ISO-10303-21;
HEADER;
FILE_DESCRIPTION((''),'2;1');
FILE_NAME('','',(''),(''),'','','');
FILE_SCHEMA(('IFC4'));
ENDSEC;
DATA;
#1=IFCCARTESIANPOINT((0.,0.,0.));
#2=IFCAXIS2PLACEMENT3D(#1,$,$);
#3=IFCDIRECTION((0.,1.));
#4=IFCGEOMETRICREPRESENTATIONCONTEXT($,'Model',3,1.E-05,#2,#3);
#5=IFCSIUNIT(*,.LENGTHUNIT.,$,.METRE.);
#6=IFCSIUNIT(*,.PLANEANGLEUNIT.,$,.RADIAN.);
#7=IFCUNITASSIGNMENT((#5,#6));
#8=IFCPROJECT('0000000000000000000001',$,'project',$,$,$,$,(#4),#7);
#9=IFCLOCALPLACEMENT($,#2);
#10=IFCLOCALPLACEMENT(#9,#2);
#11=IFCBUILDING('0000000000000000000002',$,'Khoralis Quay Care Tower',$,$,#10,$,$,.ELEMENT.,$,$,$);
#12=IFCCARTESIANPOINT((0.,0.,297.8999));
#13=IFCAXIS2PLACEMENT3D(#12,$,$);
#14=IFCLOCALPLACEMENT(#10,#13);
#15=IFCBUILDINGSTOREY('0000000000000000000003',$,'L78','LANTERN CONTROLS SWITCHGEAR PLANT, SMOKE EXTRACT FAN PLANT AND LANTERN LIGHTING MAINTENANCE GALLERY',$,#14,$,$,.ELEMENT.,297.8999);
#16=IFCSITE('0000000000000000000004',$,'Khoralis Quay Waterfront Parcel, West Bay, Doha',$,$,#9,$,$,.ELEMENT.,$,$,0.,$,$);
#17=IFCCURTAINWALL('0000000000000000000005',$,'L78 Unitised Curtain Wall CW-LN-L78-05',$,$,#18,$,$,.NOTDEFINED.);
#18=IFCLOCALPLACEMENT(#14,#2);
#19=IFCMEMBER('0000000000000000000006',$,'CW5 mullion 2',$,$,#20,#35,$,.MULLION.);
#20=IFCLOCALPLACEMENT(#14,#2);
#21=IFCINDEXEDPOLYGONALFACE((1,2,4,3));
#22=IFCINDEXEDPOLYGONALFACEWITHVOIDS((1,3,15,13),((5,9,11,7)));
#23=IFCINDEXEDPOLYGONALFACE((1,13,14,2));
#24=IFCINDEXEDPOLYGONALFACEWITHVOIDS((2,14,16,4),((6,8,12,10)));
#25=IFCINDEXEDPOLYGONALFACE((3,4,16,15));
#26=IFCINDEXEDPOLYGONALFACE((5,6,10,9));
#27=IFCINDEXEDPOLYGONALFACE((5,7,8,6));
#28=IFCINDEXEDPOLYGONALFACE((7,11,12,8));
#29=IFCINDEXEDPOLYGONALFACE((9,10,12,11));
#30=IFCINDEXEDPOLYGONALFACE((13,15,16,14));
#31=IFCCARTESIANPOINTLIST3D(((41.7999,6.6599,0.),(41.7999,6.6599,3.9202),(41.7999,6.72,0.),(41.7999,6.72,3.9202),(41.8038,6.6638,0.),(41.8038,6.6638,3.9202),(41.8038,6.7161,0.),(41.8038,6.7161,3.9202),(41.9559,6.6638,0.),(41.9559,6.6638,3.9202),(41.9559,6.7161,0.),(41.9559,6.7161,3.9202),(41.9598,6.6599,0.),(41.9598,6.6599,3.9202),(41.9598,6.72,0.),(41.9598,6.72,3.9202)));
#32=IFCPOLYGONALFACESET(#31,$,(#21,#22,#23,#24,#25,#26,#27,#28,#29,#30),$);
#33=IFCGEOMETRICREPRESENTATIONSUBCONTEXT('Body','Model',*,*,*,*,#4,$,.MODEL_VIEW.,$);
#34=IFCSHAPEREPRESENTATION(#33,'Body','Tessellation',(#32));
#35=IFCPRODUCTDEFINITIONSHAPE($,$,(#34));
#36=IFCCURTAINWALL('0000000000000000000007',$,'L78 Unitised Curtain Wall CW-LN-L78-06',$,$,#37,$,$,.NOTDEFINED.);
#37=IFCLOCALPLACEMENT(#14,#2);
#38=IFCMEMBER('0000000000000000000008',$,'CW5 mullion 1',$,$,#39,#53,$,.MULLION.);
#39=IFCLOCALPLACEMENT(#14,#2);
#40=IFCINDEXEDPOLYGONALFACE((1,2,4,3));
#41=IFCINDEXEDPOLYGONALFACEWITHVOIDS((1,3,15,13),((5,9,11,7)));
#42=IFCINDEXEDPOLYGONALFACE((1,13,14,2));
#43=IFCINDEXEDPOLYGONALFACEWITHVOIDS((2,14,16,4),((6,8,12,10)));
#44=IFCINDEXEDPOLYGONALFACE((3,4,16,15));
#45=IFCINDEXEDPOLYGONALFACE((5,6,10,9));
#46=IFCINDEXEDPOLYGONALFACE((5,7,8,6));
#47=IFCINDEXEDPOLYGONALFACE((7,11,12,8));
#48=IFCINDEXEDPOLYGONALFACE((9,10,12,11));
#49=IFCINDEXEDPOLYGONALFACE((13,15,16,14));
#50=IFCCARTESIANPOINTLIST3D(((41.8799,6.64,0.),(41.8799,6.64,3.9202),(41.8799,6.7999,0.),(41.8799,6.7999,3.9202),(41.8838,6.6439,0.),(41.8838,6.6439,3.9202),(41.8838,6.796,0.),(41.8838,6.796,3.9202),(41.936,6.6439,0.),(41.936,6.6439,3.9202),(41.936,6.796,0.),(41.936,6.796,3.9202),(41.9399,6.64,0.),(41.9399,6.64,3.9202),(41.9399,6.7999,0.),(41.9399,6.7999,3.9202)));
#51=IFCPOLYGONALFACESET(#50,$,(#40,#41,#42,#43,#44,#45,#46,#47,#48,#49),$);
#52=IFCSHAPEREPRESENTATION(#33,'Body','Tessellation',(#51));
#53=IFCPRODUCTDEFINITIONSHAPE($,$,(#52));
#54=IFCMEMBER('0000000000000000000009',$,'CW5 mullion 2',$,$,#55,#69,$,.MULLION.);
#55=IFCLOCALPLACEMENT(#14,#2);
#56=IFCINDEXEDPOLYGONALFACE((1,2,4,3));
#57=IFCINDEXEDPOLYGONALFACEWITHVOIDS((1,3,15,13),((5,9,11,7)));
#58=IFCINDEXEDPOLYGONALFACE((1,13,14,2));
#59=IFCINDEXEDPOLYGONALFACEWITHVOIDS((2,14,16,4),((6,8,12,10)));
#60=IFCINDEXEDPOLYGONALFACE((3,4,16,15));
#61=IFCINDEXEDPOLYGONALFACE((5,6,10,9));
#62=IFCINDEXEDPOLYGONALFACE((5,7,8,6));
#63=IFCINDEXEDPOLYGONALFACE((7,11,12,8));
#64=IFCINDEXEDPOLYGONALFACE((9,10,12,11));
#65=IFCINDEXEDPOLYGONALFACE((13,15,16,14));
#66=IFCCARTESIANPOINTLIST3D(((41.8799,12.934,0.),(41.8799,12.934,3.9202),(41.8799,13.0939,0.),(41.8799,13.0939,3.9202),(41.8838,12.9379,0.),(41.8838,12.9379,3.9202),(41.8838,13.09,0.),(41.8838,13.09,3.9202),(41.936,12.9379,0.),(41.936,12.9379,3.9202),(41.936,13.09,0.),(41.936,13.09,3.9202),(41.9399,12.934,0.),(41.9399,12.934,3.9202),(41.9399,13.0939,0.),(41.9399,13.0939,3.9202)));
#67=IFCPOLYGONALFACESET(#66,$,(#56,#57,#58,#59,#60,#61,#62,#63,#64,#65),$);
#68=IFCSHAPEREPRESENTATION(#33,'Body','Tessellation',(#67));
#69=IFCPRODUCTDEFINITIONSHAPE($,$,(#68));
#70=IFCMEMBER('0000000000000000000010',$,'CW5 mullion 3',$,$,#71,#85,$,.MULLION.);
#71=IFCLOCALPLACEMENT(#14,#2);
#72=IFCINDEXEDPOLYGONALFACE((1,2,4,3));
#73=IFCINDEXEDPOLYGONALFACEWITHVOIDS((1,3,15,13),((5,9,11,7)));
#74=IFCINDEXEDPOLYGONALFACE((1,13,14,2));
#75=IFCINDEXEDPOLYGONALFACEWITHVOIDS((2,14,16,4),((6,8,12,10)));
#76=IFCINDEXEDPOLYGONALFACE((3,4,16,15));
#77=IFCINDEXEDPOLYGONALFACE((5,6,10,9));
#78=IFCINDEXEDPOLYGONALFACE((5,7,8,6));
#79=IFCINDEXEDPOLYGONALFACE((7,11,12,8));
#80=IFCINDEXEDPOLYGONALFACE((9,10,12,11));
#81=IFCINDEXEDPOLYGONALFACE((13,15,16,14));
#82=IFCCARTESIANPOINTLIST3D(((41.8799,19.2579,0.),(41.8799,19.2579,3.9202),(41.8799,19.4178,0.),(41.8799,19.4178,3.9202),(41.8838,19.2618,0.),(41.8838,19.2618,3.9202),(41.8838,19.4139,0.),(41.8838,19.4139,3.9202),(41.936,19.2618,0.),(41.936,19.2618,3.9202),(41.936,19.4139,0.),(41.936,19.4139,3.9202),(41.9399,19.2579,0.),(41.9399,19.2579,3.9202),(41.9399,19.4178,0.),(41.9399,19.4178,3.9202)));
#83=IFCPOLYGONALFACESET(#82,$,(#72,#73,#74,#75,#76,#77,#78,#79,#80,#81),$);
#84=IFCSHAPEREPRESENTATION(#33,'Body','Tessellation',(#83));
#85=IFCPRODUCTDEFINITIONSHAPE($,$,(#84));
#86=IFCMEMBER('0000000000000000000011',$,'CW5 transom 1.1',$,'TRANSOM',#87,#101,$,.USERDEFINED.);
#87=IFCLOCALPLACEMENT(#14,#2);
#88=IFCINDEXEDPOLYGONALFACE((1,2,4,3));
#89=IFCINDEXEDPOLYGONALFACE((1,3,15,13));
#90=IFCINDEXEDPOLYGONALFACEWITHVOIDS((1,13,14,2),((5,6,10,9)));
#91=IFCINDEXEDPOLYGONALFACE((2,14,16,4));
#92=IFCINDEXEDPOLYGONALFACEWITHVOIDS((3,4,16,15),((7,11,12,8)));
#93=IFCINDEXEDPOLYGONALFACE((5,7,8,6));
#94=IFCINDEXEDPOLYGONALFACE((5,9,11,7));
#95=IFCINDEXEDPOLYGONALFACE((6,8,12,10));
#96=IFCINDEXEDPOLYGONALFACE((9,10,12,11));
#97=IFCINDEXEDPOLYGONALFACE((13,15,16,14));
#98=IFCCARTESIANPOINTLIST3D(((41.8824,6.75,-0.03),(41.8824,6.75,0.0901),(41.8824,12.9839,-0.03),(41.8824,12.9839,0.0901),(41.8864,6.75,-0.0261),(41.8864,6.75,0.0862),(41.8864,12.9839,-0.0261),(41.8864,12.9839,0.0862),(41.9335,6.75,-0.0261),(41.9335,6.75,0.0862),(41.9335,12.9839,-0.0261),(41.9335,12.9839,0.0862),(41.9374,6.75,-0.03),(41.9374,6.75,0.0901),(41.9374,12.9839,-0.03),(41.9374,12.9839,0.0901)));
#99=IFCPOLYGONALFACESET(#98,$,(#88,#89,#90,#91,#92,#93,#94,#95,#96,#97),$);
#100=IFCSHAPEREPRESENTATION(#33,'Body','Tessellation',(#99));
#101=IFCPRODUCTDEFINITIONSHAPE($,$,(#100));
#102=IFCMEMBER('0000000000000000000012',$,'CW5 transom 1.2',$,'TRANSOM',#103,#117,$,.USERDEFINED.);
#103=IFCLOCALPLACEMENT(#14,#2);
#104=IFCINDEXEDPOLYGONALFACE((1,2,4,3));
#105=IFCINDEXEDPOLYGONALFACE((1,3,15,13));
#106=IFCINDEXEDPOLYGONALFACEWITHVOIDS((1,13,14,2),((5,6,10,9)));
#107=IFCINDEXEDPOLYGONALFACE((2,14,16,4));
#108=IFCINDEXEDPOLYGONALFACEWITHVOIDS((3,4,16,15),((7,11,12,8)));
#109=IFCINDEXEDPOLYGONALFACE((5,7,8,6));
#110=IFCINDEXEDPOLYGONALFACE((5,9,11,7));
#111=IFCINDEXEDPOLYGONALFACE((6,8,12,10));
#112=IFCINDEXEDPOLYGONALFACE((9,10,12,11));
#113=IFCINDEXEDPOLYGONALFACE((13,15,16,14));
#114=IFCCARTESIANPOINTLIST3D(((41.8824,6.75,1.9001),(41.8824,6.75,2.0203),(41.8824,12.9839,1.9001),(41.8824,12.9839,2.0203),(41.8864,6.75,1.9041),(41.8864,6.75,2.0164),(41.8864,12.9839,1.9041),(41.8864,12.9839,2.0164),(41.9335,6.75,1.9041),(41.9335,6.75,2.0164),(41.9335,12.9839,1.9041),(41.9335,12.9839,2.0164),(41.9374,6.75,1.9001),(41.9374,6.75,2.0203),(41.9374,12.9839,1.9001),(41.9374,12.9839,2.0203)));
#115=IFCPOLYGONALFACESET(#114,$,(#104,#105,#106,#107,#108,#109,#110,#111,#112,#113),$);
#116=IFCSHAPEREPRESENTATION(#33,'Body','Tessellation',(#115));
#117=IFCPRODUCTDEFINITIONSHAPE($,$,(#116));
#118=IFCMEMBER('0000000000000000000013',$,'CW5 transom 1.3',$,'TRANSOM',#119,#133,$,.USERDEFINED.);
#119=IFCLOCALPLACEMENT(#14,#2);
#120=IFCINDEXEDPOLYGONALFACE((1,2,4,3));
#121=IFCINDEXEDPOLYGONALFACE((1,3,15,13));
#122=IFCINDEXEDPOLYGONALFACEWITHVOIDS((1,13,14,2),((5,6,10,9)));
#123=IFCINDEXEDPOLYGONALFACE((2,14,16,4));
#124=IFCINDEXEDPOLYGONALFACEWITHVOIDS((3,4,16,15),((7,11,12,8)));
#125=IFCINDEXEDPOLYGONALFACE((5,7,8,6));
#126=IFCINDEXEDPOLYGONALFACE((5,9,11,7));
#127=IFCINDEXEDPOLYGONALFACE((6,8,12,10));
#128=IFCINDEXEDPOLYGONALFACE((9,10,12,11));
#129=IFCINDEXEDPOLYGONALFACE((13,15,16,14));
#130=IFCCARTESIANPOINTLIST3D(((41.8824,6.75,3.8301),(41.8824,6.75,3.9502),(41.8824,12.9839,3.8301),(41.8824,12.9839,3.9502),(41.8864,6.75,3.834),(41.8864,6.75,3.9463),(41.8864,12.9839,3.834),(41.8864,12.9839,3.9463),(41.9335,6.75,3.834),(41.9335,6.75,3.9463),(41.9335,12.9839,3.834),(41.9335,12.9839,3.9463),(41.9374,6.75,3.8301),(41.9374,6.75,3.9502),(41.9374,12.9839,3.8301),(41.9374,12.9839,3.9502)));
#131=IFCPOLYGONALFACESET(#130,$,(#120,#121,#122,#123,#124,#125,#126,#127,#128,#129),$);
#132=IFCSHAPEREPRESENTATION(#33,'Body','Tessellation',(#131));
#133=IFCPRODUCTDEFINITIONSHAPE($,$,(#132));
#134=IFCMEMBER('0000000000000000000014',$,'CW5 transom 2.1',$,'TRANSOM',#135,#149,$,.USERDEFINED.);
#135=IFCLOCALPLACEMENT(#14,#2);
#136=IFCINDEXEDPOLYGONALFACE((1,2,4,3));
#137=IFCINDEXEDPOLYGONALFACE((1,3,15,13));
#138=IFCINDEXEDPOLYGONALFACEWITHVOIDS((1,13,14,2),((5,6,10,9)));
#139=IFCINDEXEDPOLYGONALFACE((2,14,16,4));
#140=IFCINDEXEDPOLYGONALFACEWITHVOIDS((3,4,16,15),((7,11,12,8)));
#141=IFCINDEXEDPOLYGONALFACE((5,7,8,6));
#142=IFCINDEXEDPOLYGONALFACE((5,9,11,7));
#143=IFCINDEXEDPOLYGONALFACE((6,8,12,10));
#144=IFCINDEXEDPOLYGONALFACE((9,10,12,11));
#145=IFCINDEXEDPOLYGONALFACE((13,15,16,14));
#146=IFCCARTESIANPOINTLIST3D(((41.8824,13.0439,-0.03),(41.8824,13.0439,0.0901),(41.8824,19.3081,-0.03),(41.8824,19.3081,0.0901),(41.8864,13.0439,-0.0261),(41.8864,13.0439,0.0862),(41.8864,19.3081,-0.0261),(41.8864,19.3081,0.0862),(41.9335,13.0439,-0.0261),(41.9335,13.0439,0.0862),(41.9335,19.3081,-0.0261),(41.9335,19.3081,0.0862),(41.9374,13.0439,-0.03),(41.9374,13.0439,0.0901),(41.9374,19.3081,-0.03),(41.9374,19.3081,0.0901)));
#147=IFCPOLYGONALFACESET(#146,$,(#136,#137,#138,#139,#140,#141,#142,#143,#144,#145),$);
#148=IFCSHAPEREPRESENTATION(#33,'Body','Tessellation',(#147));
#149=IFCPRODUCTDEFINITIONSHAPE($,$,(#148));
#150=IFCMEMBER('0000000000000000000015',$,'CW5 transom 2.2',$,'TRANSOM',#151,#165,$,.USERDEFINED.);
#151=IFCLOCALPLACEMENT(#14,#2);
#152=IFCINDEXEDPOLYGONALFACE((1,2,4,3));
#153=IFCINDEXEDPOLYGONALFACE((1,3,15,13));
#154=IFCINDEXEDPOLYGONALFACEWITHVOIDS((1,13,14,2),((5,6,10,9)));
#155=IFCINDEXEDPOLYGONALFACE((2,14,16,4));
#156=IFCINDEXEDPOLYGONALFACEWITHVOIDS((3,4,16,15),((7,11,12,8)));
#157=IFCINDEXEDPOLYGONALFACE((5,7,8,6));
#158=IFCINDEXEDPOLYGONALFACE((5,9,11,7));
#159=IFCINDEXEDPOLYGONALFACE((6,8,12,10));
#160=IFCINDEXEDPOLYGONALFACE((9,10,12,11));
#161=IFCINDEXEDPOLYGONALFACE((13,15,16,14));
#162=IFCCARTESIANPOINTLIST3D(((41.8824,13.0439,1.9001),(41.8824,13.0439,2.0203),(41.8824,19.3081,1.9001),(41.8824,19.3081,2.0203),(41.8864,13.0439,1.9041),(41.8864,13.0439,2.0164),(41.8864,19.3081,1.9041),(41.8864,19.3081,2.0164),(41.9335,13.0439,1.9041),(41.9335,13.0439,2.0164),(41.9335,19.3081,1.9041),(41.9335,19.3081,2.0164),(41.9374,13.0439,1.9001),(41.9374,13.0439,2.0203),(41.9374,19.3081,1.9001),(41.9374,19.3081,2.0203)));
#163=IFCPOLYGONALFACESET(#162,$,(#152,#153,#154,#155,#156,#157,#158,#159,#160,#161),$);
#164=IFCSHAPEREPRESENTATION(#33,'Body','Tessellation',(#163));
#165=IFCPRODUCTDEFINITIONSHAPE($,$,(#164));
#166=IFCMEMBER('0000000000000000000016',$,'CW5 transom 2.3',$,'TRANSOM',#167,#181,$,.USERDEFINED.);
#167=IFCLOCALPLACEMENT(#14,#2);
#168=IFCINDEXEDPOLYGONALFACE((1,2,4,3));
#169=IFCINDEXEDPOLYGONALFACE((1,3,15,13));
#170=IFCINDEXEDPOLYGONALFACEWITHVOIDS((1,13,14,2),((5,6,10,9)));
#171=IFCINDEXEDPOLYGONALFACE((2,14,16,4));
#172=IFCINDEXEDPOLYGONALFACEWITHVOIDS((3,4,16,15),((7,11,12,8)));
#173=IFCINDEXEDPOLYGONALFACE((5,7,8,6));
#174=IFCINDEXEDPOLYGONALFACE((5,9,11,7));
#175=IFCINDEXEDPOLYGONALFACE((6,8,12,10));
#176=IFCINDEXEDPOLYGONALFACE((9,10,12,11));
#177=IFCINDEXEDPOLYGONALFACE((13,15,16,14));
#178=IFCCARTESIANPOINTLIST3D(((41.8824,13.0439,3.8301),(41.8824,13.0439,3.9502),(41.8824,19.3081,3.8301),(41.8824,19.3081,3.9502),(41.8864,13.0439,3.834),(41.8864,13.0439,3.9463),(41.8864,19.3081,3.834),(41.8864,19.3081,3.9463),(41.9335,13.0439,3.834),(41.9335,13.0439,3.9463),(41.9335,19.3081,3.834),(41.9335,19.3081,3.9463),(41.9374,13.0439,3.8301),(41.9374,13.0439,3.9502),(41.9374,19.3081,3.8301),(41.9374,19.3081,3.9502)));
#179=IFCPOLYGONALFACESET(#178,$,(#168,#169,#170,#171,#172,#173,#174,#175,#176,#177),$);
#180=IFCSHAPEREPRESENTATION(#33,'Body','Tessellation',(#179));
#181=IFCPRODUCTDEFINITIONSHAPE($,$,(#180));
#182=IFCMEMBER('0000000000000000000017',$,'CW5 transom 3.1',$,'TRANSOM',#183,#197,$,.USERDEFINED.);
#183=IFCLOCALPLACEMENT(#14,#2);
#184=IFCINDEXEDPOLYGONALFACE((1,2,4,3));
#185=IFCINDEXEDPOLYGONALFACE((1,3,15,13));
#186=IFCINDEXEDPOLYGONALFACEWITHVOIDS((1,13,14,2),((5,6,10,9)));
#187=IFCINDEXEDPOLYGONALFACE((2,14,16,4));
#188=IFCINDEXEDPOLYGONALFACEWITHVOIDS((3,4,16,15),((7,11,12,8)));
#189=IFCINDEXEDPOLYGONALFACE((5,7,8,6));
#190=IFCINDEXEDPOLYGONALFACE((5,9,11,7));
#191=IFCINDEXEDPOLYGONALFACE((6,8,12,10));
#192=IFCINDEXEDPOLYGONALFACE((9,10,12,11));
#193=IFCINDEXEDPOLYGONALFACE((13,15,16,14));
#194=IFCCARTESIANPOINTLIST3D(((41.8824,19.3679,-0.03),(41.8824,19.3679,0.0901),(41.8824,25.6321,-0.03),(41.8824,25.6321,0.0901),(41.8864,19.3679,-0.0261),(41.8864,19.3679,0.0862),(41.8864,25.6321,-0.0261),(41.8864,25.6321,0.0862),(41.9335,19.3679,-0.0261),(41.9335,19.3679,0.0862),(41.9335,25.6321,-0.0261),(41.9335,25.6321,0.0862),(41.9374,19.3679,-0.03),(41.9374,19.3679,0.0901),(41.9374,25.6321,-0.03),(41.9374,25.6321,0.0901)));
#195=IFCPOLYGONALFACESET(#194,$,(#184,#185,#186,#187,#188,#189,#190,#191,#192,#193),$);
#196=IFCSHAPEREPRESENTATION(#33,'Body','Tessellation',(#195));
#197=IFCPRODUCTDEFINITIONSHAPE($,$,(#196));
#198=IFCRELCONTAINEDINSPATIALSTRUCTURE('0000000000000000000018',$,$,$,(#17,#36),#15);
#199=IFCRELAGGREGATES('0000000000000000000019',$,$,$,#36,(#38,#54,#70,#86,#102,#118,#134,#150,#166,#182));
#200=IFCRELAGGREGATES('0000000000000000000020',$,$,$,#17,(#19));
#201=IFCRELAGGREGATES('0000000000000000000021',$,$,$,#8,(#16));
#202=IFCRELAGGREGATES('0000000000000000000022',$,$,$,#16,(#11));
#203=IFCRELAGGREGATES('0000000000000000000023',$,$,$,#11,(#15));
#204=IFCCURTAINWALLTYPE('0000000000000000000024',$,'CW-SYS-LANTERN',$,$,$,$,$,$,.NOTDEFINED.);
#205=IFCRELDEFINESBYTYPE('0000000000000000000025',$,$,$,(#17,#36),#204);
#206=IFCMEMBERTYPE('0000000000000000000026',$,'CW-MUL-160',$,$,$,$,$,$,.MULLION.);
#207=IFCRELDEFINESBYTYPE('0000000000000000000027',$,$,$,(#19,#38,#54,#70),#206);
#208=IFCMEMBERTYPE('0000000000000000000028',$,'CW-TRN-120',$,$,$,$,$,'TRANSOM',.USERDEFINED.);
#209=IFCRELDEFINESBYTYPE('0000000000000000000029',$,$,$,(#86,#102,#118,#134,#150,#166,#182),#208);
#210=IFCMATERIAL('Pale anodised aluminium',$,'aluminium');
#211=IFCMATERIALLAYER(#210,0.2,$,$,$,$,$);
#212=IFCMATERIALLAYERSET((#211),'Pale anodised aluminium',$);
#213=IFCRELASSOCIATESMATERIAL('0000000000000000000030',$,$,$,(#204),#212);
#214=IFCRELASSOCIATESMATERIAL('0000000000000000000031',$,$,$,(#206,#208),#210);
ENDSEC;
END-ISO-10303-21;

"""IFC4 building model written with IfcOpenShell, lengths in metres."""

from ifc_helpers import new_model, si_unit, direction, frame, origin, origin_2d, place, context, subcontext, project, spatial, hollow_rectangle, extrude, source, transform, mapped, material, layer, layer_set, material_profile, profile_set, type_object, element, aggregate, save


model = new_model("IFC4")

# Units and contexts
model_context = context("Model", 3, precision=1e-05, world=origin(), true_north=direction((0.0, 1.0)))
body_context = subcontext(model_context, "Body", "Model", "MODEL_VIEW")
ifc_project = project(units=[si_unit("LENGTHUNIT", "METRE"), si_unit("PLANEANGLEUNIT", "RADIAN")], contexts=[model_context])

# Site, building, storey
site_placement = place(None, origin())
site = spatial("IfcSite", under=ifc_project, at=site_placement, Name="Khoralis Quay Waterfront Parcel, West Bay, Doha", CompositionType="ELEMENT", RefElevation=0.0)
building_placement = place(site_placement, origin())
building = spatial("IfcBuilding", under=site, at=building_placement, Name="Khoralis Quay Care Tower", CompositionType="ELEMENT")
storey_placement = place(building_placement, frame((0.0, 0.0, 297.8999)))
storey = spatial("IfcBuildingStorey", under=building, at=storey_placement, Name="L78", Description="LANTERN CONTROLS SWITCHGEAR PLANT, SMOKE EXTRACT FAN PLANT AND LANTERN LIGHTING MAINTENANCE GALLERY", CompositionType="ELEMENT", Elevation=297.8999)

# Curtain wall, member
ifc_material_1 = material(Name="Pale anodised aluminium", Category="aluminium")
ifc_layer_1 = layer(ifc_material_1, 0.2)
ifc_layer_set_1 = layer_set([ifc_layer_1], Name="Pale anodised aluminium")
curtain_wall_type = type_object("IfcCurtainWallType", Name="CW-SYS-LANTERN", PredefinedType="NOTDEFINED", material=ifc_layer_set_1)
curtain_wall_1_placement = place(storey_placement, origin())
curtain_wall_1 = element("IfcCurtainWall", 1, at=curtain_wall_1_placement, inside=storey, type_object=curtain_wall_type, Name="L78 Unitised Curtain Wall CW-LN-L78-05", PredefinedType="NOTDEFINED")
ifc_material_profile_1 = material_profile(ifc_material_1, hollow_rectangle(XDim=0.0601, YDim=0.1599, WallThickness=0.0039, at=origin_2d()), Name="Pale anodised aluminium")
ifc_profile_set_1 = profile_set([ifc_material_profile_1], Name="Pale anodised aluminium")
member_type_1 = type_object("IfcMemberType", Name="CW-MUL-160", PredefinedType="MULLION", material=ifc_profile_set_1)
shared_shape_1 = source(origin(), body_context, "Body", "SweptSolid", [
    extrude(hollow_rectangle(XDim=0.0601, YDim=0.1599, WallThickness=0.0039, at=origin_2d()), origin(), (0.0, 0.0, 1.0), 3.9202),
])
member_1_placement = place(storey_placement, frame((41.8799, 6.6899, 0.0), z_axis=(0.0, 0.0, 1.0), x_axis=(0.0, 1.0, 0.0)))
member_1 = element("IfcMember", 2, at=member_1_placement, type_object=member_type_1, Name="CW5 mullion 2", PredefinedType="MULLION", context=body_context, shape_type="MappedRepresentation", body=[
    mapped(shared_shape_1, transform((0.0, 0.0, 0.0), scale=1.0)),
])

# Curtain wall, members
curtain_wall_2_placement = place(storey_placement, origin())
curtain_wall_2 = element("IfcCurtainWall", 3, at=curtain_wall_2_placement, inside=storey, type_object=curtain_wall_type, Name="L78 Unitised Curtain Wall CW-LN-L78-06", PredefinedType="NOTDEFINED")
member_2_placement = place(storey_placement, frame((41.9099, 6.72, 0.0), z_axis=(0.0, 0.0, 1.0), x_axis=(-1.0, 0.0, 0.0)))
member_2 = element("IfcMember", 4, at=member_2_placement, type_object=member_type_1, Name="CW5 mullion 1", PredefinedType="MULLION", context=body_context, shape_type="MappedRepresentation", body=[
    mapped(shared_shape_1, transform((0.0, 0.0, 0.0), scale=1.0)),
])
member_3_placement = place(storey_placement, frame((41.9099, 13.0139, 0.0), z_axis=(0.0, 0.0, 1.0), x_axis=(-1.0, 0.0, 0.0)))
member_3 = element("IfcMember", 5, at=member_3_placement, type_object=member_type_1, Name="CW5 mullion 2", PredefinedType="MULLION", context=body_context, shape_type="MappedRepresentation", body=[
    mapped(shared_shape_1, transform((0.0, 0.0, 0.0), scale=1.0)),
])
member_4_placement = place(storey_placement, frame((41.9099, 19.3379, 0.0), z_axis=(0.0, 0.0, 1.0), x_axis=(-1.0, 0.0, 0.0)))
member_4 = element("IfcMember", 6, at=member_4_placement, type_object=member_type_1, Name="CW5 mullion 3", PredefinedType="MULLION", context=body_context, shape_type="MappedRepresentation", body=[
    mapped(shared_shape_1, transform((0.0, 0.0, 0.0), scale=1.0)),
])
ifc_material_profile_2 = material_profile(ifc_material_1, hollow_rectangle(XDim=0.0549, YDim=0.1201, WallThickness=0.0039, at=origin_2d()), Name="Pale anodised aluminium")
ifc_profile_set_2 = profile_set([ifc_material_profile_2], Name="Pale anodised aluminium")
member_type_2 = type_object("IfcMemberType", Name="CW-TRN-120", ElementType="TRANSOM", PredefinedType="USERDEFINED", material=ifc_profile_set_2)
shared_shape_2 = source(origin(), body_context, "Body", "SweptSolid", [
    extrude(hollow_rectangle(XDim=0.0549, YDim=0.1201, WallThickness=0.0039, at=origin_2d()), origin(), (0.0, 0.0, 1.0), 6.2339),
])
member_5_placement = place(storey_placement, frame((41.9099, 6.75, 0.03), z_axis=(0.0, 1.0, 0.0), x_axis=(-1.0, 0.0, 0.0)))
member_5 = element("IfcMember", 7, at=member_5_placement, type_object=member_type_2, Name="CW5 transom 1.1", ObjectType="TRANSOM", PredefinedType="USERDEFINED", context=body_context, shape_type="MappedRepresentation", body=[
    mapped(shared_shape_2, transform((0.0, 0.0, 0.0), scale=1.0)),
])
member_6_placement = place(storey_placement, frame((41.9099, 6.75, 1.9602), z_axis=(0.0, 1.0, 0.0), x_axis=(-1.0, 0.0, 0.0)))
member_6 = element("IfcMember", 8, at=member_6_placement, type_object=member_type_2, Name="CW5 transom 1.2", ObjectType="TRANSOM", PredefinedType="USERDEFINED", context=body_context, shape_type="MappedRepresentation", body=[
    mapped(shared_shape_2, transform((0.0, 0.0, 0.0), scale=1.0)),
])
member_7_placement = place(storey_placement, frame((41.9099, 6.75, 3.8901), z_axis=(0.0, 1.0, 0.0), x_axis=(-1.0, 0.0, 0.0)))
member_7 = element("IfcMember", 9, at=member_7_placement, type_object=member_type_2, Name="CW5 transom 1.3", ObjectType="TRANSOM", PredefinedType="USERDEFINED", context=body_context, shape_type="MappedRepresentation", body=[
    mapped(shared_shape_2, transform((0.0, 0.0, 0.0), scale=1.0)),
])
shared_shape_3 = source(origin(), body_context, "Body", "SweptSolid", [
    extrude(hollow_rectangle(XDim=0.0549, YDim=0.1201, WallThickness=0.0039, at=origin_2d()), origin(), (0.0, 0.0, 1.0), 6.2642),
])
member_8_placement = place(storey_placement, frame((41.9099, 13.0439, 0.03), z_axis=(0.0, 1.0, 0.0), x_axis=(-1.0, 0.0, 0.0)))
member_8 = element("IfcMember", 10, at=member_8_placement, type_object=member_type_2, Name="CW5 transom 2.1", ObjectType="TRANSOM", PredefinedType="USERDEFINED", context=body_context, shape_type="MappedRepresentation", body=[
    mapped(shared_shape_3, transform((0.0, 0.0, 0.0), scale=1.0)),
])
member_9_placement = place(storey_placement, frame((41.9099, 13.0439, 1.9602), z_axis=(0.0, 1.0, 0.0), x_axis=(-1.0, 0.0, 0.0)))
member_9 = element("IfcMember", 11, at=member_9_placement, type_object=member_type_2, Name="CW5 transom 2.2", ObjectType="TRANSOM", PredefinedType="USERDEFINED", context=body_context, shape_type="MappedRepresentation", body=[
    mapped(shared_shape_3, transform((0.0, 0.0, 0.0), scale=1.0)),
])
member_10_placement = place(storey_placement, frame((41.9099, 13.0439, 3.8901), z_axis=(0.0, 1.0, 0.0), x_axis=(-1.0, 0.0, 0.0)))
member_10 = element("IfcMember", 12, at=member_10_placement, type_object=member_type_2, Name="CW5 transom 2.3", ObjectType="TRANSOM", PredefinedType="USERDEFINED", context=body_context, shape_type="MappedRepresentation", body=[
    mapped(shared_shape_3, transform((0.0, 0.0, 0.0), scale=1.0)),
])
member_11_placement = place(storey_placement, frame((41.9099, 19.3679, 0.03), z_axis=(0.0, 1.0, 0.0), x_axis=(-1.0, 0.0, 0.0)))
member_11 = element("IfcMember", 13, at=member_11_placement, type_object=member_type_2, Name="CW5 transom 3.1", ObjectType="TRANSOM", PredefinedType="USERDEFINED", context=body_context, shape_type="MappedRepresentation", body=[
    mapped(shared_shape_3, transform((0.0, 0.0, 0.0), scale=1.0)),
])

aggregate(curtain_wall_2, [member_2, member_3, member_4, member_5, member_6, member_7, member_8, member_9, member_10, member_11])
aggregate(curtain_wall_1, [member_1])

save(model, "model.ifc")
